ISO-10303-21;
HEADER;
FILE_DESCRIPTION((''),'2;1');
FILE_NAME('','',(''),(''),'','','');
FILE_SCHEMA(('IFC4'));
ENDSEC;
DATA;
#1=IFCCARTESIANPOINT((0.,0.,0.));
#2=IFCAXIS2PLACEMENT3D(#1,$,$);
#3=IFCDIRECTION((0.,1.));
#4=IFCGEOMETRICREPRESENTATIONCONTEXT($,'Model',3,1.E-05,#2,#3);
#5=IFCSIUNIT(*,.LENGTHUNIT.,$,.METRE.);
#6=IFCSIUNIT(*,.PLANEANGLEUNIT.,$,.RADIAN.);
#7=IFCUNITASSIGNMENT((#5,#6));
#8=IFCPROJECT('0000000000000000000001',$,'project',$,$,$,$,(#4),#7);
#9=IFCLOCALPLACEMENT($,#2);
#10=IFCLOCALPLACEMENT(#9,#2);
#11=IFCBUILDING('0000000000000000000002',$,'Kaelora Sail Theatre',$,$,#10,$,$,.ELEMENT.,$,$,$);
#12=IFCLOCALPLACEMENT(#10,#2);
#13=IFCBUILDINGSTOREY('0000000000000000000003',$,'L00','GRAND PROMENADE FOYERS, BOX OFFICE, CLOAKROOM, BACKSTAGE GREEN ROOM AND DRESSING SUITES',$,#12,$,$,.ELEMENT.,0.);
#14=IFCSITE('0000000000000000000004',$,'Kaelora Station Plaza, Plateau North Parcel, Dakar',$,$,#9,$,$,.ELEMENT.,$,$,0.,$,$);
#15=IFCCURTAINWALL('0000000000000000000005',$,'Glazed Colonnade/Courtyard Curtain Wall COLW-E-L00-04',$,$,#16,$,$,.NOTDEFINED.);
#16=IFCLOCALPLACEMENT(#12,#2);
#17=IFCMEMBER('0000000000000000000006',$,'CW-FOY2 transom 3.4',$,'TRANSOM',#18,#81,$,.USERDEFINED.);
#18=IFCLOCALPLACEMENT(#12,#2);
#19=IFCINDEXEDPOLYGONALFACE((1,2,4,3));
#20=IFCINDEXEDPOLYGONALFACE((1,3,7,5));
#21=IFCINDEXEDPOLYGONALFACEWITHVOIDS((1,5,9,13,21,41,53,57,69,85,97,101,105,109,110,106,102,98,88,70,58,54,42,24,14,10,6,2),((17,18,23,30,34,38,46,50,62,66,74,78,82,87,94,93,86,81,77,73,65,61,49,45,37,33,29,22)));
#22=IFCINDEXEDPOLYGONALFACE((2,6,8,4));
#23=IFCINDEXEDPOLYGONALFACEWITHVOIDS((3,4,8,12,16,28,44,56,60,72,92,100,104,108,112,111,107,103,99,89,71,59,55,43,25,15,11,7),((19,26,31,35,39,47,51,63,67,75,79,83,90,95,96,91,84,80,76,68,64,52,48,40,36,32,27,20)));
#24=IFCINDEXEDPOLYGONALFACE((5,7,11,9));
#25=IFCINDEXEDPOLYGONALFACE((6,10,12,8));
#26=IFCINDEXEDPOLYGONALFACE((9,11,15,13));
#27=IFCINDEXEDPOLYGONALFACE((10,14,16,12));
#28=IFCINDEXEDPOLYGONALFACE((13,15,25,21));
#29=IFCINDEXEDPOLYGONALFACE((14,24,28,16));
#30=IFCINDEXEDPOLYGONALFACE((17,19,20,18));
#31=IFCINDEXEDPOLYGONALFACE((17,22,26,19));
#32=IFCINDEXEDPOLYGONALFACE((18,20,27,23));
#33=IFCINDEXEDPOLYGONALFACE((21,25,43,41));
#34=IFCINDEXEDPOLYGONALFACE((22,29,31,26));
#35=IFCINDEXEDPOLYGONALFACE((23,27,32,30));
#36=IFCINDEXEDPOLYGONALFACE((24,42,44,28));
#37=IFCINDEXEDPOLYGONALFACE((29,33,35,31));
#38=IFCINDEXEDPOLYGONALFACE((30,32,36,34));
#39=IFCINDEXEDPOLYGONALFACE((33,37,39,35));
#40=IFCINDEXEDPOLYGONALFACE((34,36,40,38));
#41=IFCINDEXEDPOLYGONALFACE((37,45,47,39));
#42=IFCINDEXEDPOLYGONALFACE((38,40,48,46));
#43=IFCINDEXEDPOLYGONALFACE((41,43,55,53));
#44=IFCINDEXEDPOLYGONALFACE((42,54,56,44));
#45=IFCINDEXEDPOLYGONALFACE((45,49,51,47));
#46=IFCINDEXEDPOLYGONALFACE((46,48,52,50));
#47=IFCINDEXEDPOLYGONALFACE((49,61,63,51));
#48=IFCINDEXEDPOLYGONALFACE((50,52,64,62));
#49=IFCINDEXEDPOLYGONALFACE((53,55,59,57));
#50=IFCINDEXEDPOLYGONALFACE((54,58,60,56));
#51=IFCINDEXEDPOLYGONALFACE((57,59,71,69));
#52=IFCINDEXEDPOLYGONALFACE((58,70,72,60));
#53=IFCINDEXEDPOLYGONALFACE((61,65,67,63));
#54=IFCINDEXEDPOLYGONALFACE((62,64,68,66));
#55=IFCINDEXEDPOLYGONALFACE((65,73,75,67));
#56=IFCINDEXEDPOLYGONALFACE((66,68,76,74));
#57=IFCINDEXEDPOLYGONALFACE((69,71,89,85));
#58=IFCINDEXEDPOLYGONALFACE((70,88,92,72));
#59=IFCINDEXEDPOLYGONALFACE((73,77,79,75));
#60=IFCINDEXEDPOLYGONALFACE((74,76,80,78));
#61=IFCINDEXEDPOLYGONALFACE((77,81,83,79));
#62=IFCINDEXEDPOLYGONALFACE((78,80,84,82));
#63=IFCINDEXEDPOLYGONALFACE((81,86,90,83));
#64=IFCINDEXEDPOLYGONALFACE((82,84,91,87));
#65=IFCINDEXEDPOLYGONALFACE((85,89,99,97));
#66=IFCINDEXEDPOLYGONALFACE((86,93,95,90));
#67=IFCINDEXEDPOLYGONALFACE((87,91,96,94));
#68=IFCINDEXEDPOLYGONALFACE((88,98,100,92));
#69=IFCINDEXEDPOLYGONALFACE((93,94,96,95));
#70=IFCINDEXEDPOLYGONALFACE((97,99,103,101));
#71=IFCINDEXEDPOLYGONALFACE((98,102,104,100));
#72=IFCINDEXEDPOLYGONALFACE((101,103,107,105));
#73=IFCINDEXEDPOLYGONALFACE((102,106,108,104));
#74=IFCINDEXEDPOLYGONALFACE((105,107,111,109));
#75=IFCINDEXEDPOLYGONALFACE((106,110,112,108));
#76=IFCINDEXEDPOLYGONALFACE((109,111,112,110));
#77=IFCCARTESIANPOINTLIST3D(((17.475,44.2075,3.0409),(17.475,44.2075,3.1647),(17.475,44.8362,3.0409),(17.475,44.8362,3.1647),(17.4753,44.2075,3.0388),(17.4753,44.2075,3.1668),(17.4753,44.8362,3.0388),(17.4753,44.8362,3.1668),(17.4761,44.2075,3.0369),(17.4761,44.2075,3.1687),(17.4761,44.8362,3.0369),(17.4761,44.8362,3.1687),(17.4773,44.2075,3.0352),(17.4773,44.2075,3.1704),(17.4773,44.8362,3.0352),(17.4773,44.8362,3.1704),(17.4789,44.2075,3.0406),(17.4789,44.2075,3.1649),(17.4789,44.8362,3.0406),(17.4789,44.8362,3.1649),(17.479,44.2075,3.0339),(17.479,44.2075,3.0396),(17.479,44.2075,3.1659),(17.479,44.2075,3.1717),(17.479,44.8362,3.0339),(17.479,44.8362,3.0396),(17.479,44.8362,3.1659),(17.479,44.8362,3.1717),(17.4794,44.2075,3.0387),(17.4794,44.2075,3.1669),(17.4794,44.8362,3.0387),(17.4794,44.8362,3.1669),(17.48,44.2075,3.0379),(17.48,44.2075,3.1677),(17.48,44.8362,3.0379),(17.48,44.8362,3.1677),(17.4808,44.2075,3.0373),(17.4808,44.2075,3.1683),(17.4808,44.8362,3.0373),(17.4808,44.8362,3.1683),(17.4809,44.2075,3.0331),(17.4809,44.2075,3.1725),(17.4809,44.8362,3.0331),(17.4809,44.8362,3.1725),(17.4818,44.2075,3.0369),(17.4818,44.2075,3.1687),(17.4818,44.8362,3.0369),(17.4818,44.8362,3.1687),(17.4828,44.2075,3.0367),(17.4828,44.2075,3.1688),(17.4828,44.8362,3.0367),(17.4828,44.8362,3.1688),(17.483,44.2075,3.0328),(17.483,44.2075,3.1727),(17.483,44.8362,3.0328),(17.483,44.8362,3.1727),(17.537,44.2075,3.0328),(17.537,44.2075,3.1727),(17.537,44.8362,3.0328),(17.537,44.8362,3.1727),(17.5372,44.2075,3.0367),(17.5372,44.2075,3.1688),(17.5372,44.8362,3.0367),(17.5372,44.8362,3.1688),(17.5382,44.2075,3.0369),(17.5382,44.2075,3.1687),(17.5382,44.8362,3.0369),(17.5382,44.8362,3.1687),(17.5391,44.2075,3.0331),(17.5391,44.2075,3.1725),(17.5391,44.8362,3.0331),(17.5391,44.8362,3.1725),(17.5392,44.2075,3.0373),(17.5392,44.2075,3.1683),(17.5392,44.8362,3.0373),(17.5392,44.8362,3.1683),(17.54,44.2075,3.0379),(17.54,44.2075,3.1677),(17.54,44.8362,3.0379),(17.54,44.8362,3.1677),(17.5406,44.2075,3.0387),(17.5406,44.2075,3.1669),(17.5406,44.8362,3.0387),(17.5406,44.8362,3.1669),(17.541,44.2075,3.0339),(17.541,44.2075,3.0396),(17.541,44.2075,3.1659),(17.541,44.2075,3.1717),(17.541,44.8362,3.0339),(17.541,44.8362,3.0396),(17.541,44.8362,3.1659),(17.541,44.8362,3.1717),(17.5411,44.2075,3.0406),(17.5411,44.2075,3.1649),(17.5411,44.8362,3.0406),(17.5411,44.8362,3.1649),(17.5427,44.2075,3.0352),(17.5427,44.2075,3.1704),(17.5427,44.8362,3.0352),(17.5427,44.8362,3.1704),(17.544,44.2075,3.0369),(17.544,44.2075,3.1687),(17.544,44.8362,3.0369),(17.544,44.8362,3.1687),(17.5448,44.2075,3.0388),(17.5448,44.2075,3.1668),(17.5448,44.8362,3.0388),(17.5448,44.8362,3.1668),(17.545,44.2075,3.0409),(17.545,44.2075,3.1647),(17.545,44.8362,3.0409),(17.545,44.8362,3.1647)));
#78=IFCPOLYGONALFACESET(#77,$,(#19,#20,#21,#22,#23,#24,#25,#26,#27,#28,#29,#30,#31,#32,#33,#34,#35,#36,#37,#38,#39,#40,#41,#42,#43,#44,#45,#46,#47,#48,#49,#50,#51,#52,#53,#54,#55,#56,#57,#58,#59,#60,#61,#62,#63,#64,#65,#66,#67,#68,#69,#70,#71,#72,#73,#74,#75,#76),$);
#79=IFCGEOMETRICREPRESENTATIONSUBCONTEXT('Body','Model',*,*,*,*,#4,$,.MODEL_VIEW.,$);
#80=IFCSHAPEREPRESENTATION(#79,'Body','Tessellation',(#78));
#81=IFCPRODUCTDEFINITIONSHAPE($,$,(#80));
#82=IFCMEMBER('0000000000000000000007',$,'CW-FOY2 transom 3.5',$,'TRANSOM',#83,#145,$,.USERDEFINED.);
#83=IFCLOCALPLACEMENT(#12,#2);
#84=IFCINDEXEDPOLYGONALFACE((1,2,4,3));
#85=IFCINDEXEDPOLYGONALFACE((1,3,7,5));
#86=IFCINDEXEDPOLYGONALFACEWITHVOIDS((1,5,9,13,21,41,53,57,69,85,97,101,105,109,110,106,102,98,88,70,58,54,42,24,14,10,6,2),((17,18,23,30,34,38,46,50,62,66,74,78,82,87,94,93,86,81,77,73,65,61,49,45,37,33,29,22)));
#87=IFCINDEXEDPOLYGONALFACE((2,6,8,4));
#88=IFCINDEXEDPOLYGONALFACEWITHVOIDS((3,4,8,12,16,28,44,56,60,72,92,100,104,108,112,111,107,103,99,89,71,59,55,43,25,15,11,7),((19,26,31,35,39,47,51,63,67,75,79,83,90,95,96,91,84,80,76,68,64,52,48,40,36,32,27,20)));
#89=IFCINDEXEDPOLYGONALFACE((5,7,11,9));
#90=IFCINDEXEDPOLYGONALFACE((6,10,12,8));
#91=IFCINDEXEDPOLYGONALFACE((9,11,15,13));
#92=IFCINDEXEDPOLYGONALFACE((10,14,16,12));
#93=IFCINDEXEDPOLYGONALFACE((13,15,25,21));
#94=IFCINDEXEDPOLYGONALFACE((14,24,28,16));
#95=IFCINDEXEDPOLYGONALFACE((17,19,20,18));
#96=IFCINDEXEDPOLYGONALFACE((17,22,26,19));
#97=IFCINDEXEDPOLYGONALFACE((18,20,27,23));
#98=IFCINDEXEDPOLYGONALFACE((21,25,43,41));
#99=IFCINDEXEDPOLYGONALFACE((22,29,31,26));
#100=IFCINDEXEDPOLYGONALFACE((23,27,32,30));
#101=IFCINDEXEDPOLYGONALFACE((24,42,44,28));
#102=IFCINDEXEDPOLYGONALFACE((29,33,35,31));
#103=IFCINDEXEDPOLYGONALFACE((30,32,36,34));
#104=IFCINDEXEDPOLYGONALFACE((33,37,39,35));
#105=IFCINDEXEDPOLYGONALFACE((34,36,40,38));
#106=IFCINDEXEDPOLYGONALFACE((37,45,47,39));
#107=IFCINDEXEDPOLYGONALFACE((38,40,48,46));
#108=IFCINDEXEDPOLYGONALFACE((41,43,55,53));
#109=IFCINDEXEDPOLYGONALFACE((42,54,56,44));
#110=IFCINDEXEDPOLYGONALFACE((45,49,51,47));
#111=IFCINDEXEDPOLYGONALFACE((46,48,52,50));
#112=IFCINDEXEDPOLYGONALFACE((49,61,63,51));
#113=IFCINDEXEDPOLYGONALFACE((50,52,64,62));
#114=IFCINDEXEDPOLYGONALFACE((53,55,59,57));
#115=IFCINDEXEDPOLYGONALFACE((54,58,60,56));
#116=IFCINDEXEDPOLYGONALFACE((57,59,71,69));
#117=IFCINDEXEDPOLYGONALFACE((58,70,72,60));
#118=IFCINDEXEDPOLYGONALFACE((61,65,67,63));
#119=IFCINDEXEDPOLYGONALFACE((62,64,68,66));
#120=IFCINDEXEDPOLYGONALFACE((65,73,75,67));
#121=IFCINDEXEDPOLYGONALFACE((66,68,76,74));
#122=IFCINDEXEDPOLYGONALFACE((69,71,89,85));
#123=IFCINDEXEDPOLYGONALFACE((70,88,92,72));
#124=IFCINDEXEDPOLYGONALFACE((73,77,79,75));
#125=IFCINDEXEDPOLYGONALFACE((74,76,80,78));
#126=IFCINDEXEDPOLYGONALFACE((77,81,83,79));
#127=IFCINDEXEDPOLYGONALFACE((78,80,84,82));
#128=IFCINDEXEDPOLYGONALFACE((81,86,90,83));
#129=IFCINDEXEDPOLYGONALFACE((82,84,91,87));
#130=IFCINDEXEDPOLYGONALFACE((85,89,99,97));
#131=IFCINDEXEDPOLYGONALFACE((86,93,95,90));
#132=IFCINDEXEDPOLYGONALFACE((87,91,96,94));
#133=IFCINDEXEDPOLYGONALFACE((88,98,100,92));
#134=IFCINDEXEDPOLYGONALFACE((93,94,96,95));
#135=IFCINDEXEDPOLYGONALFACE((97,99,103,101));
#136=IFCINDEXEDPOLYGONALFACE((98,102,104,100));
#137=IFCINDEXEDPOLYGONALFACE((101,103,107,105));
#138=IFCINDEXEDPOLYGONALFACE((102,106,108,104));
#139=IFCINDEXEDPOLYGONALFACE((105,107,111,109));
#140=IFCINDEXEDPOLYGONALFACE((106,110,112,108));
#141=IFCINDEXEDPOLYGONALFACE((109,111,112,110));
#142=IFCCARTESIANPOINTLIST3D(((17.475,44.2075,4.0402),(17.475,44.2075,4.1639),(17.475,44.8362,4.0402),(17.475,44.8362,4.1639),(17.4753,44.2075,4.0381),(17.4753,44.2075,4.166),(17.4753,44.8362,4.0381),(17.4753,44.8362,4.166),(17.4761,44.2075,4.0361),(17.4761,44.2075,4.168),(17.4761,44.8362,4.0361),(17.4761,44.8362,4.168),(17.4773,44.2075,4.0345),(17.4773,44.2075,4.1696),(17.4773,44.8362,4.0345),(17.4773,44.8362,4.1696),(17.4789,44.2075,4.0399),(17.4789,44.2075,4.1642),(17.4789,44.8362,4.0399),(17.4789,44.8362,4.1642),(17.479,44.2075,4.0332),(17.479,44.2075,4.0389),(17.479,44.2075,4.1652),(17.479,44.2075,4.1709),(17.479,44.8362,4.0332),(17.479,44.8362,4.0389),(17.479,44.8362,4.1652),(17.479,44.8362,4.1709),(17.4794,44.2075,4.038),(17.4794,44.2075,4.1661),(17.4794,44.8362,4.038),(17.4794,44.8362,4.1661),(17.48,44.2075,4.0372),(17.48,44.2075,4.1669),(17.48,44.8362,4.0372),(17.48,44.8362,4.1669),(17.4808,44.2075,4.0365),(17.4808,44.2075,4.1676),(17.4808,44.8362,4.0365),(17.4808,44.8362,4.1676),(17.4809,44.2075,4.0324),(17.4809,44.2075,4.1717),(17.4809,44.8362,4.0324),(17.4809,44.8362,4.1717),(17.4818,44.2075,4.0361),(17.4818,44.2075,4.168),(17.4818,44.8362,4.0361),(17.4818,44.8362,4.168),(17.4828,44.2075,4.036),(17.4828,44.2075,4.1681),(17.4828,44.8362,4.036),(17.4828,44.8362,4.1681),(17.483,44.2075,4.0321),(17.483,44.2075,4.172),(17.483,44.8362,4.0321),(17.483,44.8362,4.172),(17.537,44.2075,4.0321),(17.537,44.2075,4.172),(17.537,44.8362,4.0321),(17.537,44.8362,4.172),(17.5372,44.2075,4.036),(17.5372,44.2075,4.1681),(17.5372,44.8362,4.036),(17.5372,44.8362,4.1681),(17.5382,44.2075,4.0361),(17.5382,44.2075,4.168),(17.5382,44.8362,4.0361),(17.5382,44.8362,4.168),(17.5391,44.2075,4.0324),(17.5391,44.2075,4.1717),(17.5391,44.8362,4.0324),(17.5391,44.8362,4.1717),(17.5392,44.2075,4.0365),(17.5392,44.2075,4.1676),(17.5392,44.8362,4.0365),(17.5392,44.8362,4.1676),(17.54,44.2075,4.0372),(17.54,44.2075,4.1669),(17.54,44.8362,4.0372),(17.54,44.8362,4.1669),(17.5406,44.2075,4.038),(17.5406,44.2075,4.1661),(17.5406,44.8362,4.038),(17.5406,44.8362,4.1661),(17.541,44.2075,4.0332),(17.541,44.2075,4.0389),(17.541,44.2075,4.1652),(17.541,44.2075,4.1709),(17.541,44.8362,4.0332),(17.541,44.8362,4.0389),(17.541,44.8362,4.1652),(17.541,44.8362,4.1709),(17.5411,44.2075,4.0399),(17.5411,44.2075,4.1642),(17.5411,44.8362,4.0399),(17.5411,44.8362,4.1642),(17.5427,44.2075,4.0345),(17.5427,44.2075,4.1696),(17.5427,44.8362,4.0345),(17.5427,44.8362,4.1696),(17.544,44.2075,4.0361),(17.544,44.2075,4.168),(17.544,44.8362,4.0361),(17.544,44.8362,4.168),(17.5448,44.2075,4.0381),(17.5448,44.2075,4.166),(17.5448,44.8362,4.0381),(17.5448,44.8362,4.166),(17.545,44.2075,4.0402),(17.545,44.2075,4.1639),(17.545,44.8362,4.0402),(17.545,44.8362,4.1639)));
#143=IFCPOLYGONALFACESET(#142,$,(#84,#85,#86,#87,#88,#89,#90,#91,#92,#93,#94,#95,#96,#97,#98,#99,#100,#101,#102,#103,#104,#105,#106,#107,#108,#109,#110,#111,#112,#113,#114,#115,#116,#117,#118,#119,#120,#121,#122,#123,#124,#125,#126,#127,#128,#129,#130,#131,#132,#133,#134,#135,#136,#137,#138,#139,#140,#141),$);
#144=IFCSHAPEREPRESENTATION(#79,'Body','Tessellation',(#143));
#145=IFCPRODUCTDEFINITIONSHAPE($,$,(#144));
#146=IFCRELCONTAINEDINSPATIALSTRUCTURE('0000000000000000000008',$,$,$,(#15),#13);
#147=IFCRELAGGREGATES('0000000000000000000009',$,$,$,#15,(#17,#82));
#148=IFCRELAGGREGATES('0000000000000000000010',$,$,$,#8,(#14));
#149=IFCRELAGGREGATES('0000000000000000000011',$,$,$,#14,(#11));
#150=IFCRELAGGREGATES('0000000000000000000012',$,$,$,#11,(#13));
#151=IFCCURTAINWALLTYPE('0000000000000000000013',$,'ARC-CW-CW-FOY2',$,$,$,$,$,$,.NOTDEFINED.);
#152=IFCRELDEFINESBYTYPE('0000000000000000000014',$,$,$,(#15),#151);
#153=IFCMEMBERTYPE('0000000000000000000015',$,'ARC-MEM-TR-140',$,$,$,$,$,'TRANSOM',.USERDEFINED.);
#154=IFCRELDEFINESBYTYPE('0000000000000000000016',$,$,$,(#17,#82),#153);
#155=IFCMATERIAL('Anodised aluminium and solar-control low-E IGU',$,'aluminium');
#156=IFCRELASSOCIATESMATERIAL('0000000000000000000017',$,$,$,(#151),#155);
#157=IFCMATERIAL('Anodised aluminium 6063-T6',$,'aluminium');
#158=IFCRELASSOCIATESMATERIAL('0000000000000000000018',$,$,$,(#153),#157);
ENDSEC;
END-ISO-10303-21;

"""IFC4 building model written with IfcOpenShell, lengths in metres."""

from ifc_helpers import new_model, si_unit, direction, frame, origin, origin_2d, place, context, subcontext, project, spatial, hollow_rectangle, extrude, material, material_profile, profile_set, type_object, element, aggregate, save


model = new_model("IFC4")

# Units and contexts
model_context = context("Model", 3, precision=1e-05, world=origin(), true_north=direction((0.0, 1.0)))
body_context = subcontext(model_context, "Body", "Model", "MODEL_VIEW")
ifc_project = project(units=[si_unit("LENGTHUNIT", "METRE"), si_unit("PLANEANGLEUNIT", "RADIAN")], contexts=[model_context])

# Site, building, storey
site_placement = place(None, origin())
site = spatial("IfcSite", under=ifc_project, at=site_placement, Name="Kaelora Station Plaza, Plateau North Parcel, Dakar", CompositionType="ELEMENT", RefElevation=0.0)
building_placement = place(site_placement, origin())
building = spatial("IfcBuilding", under=site, at=building_placement, Name="Kaelora Sail Theatre", CompositionType="ELEMENT")
storey_placement = place(building_placement, origin())
storey = spatial("IfcBuildingStorey", under=building, at=storey_placement, Name="L00", Description="GRAND PROMENADE FOYERS, BOX OFFICE, CLOAKROOM, BACKSTAGE GREEN ROOM AND DRESSING SUITES", CompositionType="ELEMENT", Elevation=0.0)

# Curtain wall, members
ifc_material_1 = material(Name="Anodised aluminium and solar-control low-E IGU", Category="aluminium")
curtain_wall_type = type_object("IfcCurtainWallType", Name="ARC-CW-CW-FOY2", PredefinedType="NOTDEFINED", material=ifc_material_1)
curtain_wall_1_placement = place(storey_placement, origin())
curtain_wall_1 = element("IfcCurtainWall", 1, at=curtain_wall_1_placement, inside=storey, type_object=curtain_wall_type, Name="Glazed Colonnade/Courtyard Curtain Wall COLW-E-L00-04", PredefinedType="NOTDEFINED")
ifc_material_2 = material(Name="Anodised aluminium 6063-T6", Category="aluminium")
ifc_material_profile = material_profile(ifc_material_2, hollow_rectangle(XDim=0.0701, YDim=0.1399, WallThickness=0.0039, InnerFilletRadius=0.0039, OuterFilletRadius=0.0081, at=origin_2d()), Name="ALU-TRAN 70x140x4")
ifc_profile_set = profile_set([ifc_material_profile], Name="Anodised aluminium 6063-T6")
member_type = type_object("IfcMemberType", Name="ARC-MEM-TR-140", ElementType="TRANSOM", PredefinedType="USERDEFINED", material=ifc_profile_set)
member_1_placement = place(storey_placement, frame((17.51, 44.2075, 3.1028), z_axis=(0.0, 1.0, 0.0), x_axis=(-1.0, 0.0, 0.0)))
member_1 = element("IfcMember", 2, at=member_1_placement, type_object=member_type, Name="CW-FOY2 transom 3.4", ObjectType="TRANSOM", PredefinedType="USERDEFINED", context=body_context, shape_type="SweptSolid", body=[
    extrude(hollow_rectangle(XDim=0.0701, YDim=0.1399, WallThickness=0.0039, InnerFilletRadius=0.0039, OuterFilletRadius=0.0081, at=origin_2d()), origin(), (0.0, 0.0, 1.0), 0.6287),
])
member_2_placement = place(storey_placement, frame((17.51, 44.2075, 4.1021), z_axis=(0.0, 1.0, 0.0), x_axis=(-1.0, 0.0, 0.0)))
member_2 = element("IfcMember", 3, at=member_2_placement, type_object=member_type, Name="CW-FOY2 transom 3.5", ObjectType="TRANSOM", PredefinedType="USERDEFINED", context=body_context, shape_type="SweptSolid", body=[
    extrude(hollow_rectangle(XDim=0.0701, YDim=0.1399, WallThickness=0.0039, InnerFilletRadius=0.0039, OuterFilletRadius=0.0081, at=origin_2d()), origin(), (0.0, 0.0, 1.0), 0.6287),
])

aggregate(curtain_wall_1, [member_1, member_2])

save(model, "model.ifc")
